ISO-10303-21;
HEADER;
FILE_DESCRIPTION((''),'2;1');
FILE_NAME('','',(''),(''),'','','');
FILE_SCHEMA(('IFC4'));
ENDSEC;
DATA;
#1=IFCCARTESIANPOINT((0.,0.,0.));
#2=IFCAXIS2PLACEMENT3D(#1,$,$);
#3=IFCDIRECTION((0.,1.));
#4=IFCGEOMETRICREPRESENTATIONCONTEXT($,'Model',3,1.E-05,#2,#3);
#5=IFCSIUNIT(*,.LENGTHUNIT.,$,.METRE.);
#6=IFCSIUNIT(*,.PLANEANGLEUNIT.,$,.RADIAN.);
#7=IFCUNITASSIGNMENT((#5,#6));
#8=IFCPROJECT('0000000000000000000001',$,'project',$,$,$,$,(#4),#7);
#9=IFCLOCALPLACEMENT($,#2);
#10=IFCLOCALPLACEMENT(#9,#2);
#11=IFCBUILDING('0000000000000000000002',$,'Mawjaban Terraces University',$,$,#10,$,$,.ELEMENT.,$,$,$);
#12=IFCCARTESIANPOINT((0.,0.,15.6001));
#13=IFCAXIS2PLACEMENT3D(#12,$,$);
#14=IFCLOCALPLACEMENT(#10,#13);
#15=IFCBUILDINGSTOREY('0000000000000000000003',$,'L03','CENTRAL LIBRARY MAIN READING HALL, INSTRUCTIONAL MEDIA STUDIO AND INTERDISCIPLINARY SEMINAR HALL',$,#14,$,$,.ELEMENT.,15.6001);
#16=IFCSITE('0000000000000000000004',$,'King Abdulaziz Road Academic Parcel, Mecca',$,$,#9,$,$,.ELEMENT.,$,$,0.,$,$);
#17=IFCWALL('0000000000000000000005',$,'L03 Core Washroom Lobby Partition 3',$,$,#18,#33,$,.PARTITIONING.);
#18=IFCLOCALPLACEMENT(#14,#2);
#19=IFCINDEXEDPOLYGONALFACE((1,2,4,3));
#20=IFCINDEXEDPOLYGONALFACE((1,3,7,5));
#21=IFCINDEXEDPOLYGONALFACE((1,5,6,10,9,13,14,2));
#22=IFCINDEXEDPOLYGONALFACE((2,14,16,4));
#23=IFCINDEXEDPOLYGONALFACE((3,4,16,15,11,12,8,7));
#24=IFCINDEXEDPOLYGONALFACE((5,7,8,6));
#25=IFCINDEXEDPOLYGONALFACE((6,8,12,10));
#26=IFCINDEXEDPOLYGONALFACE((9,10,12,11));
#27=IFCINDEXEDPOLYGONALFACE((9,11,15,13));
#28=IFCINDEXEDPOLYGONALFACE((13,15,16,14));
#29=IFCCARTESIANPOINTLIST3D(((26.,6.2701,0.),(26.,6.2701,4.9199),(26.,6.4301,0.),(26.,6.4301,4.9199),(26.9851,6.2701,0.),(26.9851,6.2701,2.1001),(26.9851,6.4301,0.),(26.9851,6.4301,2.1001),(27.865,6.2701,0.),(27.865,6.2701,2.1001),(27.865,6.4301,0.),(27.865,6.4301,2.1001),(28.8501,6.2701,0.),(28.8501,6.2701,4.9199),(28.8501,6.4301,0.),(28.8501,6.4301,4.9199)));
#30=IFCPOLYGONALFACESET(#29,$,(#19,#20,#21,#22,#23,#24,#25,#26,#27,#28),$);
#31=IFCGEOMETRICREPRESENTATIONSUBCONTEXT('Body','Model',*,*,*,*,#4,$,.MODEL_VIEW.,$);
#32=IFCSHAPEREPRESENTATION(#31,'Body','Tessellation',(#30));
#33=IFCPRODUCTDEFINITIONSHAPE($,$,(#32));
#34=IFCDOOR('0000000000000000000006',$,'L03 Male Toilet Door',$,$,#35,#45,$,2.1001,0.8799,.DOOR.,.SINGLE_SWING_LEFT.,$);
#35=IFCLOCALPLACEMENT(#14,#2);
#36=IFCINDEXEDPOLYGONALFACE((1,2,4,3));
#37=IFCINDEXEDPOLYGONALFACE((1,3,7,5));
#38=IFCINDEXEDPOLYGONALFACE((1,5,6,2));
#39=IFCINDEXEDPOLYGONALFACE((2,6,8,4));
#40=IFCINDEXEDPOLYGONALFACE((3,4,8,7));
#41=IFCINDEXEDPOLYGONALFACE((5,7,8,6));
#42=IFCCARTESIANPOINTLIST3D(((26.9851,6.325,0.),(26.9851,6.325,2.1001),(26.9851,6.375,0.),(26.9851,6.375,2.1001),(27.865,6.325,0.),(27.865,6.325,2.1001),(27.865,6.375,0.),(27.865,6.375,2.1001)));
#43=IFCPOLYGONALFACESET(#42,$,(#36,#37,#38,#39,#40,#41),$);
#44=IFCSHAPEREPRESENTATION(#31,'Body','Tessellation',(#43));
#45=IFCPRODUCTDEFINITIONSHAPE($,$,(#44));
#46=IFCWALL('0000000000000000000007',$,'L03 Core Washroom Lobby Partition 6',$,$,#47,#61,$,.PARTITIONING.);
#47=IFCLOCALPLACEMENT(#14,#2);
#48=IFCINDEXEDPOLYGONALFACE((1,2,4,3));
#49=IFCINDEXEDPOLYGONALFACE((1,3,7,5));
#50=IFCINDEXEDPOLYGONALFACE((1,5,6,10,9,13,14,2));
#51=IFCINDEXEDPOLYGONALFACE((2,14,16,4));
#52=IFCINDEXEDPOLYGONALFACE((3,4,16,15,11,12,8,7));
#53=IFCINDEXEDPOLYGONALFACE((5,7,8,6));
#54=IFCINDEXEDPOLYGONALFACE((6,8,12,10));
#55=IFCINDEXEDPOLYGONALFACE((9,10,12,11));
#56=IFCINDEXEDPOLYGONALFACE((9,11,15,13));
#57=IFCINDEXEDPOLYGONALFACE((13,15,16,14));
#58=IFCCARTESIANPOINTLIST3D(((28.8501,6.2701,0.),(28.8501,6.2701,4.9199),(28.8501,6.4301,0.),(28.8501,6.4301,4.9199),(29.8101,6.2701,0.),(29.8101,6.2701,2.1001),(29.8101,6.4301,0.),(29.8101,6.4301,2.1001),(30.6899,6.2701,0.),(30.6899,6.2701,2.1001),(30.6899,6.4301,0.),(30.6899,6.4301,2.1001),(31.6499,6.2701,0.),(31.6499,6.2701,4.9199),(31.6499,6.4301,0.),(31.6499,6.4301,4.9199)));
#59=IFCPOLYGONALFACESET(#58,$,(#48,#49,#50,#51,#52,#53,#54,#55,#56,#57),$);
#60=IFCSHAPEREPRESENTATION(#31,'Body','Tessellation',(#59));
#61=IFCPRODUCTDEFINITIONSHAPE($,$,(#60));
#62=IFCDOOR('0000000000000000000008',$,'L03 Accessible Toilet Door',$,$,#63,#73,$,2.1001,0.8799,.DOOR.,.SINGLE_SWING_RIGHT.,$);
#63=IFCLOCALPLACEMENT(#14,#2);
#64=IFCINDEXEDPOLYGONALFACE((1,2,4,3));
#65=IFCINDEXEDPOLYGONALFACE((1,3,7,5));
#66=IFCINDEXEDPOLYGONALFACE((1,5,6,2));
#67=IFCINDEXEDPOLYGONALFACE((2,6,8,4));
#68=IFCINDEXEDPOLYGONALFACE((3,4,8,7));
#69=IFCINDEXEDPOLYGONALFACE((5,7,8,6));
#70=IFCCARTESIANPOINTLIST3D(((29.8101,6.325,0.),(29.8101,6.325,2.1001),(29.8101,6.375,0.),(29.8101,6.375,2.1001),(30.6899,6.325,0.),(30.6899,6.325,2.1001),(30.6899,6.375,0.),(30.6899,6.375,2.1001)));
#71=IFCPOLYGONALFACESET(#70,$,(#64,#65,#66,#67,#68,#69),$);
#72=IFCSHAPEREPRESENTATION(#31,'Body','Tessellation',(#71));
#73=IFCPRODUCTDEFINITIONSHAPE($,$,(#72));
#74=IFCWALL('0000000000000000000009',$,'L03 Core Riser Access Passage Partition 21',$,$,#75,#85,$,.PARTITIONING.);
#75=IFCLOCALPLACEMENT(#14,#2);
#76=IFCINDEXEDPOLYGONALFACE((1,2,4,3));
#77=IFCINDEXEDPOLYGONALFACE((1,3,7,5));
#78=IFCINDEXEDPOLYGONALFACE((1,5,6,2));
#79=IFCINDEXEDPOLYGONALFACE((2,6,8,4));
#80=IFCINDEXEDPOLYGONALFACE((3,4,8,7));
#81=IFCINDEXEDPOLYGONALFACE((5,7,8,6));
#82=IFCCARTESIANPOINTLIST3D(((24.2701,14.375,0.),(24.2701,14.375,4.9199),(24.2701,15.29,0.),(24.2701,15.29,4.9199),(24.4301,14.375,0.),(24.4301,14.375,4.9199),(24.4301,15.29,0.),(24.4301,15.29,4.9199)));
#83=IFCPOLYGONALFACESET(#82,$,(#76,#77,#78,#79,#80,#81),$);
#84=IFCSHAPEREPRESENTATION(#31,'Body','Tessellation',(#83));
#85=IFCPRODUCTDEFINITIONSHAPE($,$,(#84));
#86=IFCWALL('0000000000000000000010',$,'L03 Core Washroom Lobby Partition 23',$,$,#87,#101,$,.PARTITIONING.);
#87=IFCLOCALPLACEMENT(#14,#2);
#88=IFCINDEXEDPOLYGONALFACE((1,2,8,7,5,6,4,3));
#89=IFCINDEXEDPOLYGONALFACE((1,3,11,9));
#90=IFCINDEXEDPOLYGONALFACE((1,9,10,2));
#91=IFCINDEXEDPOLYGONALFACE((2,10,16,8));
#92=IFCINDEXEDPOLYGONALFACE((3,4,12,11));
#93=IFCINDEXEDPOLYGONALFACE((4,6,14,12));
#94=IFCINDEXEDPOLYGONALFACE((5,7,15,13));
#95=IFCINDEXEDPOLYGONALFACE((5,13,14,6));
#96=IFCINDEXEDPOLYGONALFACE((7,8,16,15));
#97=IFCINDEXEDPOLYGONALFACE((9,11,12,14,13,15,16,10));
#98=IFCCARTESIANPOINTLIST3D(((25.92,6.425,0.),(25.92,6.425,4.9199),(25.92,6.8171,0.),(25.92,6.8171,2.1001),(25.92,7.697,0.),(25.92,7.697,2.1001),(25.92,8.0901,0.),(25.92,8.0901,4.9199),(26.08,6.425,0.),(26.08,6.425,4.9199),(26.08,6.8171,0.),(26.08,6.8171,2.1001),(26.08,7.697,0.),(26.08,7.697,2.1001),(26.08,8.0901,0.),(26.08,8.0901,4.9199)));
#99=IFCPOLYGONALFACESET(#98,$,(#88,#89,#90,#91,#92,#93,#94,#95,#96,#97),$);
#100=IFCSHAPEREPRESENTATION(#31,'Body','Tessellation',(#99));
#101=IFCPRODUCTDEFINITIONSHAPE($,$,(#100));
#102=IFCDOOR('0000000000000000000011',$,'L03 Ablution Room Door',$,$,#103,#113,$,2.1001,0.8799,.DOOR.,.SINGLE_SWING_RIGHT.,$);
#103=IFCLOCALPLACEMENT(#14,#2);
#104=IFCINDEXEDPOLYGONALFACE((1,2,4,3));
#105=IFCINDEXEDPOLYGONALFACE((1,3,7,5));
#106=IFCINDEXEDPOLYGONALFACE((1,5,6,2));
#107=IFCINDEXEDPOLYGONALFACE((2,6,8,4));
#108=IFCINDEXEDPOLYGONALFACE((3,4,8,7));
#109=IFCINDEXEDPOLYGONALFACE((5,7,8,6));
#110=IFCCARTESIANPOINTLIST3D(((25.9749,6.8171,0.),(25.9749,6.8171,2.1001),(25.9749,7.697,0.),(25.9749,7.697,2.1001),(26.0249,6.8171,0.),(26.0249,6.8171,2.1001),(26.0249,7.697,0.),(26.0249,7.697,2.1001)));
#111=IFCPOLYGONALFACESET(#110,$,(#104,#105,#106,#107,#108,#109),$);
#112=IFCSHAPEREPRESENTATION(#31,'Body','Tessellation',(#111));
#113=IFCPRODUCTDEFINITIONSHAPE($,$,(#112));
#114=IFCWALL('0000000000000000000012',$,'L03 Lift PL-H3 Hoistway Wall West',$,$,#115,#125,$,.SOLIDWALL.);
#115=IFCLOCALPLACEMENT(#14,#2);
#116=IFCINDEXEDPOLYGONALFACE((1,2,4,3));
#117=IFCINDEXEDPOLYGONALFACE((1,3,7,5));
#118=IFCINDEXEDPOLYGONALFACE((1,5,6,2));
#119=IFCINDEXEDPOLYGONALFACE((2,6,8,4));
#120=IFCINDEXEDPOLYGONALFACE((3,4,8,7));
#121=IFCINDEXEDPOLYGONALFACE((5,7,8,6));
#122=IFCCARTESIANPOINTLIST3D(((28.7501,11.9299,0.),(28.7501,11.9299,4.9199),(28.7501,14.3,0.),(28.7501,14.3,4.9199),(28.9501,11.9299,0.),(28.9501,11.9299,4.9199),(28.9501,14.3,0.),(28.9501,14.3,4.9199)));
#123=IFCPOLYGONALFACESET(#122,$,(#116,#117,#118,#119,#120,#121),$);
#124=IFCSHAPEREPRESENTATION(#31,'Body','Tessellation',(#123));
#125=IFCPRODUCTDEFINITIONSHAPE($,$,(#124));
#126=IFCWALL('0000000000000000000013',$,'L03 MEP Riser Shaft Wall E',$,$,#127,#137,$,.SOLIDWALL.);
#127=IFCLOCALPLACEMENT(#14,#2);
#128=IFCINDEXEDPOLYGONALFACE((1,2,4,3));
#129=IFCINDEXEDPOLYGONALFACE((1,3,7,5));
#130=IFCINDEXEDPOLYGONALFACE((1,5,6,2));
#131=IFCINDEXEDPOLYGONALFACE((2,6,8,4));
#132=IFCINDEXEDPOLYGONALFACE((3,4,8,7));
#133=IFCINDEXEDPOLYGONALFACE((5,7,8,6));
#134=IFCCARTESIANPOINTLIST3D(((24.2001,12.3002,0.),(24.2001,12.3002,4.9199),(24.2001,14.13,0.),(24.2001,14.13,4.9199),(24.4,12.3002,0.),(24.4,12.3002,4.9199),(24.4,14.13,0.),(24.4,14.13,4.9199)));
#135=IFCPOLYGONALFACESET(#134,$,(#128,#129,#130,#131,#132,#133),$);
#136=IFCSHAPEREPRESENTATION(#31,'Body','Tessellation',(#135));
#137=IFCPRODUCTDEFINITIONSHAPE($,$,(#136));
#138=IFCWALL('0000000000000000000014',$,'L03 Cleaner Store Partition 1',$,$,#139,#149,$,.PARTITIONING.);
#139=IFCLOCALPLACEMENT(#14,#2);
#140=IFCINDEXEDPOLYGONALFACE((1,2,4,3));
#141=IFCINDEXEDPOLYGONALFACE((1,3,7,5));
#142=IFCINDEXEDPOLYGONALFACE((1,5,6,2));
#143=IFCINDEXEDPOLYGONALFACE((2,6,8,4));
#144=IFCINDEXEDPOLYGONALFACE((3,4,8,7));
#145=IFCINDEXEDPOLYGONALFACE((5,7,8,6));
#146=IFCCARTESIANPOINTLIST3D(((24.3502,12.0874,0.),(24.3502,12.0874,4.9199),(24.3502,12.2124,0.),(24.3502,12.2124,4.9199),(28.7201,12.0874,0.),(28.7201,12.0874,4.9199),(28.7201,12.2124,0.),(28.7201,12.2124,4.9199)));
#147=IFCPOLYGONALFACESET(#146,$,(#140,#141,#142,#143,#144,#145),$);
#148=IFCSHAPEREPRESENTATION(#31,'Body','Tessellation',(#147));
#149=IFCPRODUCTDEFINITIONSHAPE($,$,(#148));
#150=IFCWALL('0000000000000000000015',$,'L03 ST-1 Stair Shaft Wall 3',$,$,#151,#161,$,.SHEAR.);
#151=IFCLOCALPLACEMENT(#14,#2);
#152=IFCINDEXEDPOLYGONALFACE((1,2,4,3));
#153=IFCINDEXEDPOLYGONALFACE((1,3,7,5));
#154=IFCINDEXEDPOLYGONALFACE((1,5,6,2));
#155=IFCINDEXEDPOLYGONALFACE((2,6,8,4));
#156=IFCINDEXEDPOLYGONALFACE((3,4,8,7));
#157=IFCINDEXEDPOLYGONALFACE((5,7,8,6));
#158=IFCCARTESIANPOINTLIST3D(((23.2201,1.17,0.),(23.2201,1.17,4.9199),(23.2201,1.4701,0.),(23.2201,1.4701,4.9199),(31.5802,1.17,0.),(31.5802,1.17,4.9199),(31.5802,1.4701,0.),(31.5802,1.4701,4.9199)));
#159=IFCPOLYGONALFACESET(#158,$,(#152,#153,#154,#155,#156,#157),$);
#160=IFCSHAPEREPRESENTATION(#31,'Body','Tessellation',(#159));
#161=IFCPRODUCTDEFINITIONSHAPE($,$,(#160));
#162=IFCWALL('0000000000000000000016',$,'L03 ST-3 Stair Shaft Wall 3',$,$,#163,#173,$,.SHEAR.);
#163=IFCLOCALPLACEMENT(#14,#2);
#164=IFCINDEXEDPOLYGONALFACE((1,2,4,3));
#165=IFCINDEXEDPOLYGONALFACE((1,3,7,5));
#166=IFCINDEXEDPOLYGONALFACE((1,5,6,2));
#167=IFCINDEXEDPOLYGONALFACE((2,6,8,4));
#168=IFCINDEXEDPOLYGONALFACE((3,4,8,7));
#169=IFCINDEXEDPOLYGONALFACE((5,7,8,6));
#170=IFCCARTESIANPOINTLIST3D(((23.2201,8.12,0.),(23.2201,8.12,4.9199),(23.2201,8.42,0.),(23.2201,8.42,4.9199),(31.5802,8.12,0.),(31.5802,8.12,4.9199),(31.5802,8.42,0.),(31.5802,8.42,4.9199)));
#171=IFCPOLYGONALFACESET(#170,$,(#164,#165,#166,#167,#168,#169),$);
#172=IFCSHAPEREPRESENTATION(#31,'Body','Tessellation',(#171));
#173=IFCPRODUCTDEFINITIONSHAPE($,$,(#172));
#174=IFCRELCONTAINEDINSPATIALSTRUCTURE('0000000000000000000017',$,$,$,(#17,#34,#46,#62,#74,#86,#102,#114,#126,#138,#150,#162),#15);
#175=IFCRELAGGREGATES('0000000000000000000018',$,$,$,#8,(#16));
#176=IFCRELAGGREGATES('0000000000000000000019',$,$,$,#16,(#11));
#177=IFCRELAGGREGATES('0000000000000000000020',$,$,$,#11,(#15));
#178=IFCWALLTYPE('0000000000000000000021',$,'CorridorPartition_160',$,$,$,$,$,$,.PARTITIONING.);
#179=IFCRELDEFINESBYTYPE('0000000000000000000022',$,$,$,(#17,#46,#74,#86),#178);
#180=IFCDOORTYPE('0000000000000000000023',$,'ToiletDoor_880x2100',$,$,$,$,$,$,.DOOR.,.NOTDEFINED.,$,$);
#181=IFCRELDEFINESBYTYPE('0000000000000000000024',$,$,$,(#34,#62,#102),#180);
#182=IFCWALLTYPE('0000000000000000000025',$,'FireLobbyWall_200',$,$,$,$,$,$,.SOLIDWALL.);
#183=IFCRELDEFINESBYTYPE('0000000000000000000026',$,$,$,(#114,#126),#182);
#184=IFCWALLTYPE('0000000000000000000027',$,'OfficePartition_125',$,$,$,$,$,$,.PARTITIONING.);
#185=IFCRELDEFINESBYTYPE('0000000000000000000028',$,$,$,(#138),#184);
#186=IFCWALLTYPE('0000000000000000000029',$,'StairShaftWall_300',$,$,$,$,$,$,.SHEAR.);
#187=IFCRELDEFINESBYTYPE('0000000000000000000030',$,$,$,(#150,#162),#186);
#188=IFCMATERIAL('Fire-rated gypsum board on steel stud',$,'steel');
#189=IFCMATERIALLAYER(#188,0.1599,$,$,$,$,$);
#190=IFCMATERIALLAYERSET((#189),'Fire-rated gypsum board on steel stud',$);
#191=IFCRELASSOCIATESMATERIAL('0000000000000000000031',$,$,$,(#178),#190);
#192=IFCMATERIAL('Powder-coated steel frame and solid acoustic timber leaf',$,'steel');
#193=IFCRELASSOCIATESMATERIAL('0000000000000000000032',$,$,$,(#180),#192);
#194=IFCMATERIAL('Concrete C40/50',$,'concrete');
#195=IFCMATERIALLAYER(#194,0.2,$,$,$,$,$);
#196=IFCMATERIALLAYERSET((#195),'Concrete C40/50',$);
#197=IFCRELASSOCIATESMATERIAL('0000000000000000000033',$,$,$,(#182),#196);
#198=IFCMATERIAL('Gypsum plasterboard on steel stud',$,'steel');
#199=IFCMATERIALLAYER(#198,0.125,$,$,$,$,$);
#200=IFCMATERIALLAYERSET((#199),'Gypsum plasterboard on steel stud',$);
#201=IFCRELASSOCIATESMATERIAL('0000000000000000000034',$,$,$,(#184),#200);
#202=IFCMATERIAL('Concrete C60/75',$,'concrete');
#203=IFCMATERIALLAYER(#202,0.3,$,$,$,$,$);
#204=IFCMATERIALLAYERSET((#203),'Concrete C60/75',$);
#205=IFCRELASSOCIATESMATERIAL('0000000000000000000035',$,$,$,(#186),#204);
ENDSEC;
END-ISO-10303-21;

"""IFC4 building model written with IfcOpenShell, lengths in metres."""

from ifc_helpers import new_model, si_unit, direction, frame, frame_2d, origin, place, context, subcontext, project, spatial, rectangle, extrude, material, layer, layer_set, type_object, element, fill, save


model = new_model("IFC4")

# Units and contexts
model_context = context("Model", 3, precision=1e-05, world=origin(), true_north=direction((0.0, 1.0)))
body_context = subcontext(model_context, "Body", "Model", "MODEL_VIEW")
ifc_project = project(units=[si_unit("LENGTHUNIT", "METRE"), si_unit("PLANEANGLEUNIT", "RADIAN")], contexts=[model_context])

# Site, building, storey
site_placement = place(None, origin())
site = spatial("IfcSite", under=ifc_project, at=site_placement, Name="King Abdulaziz Road Academic Parcel, Mecca", CompositionType="ELEMENT", RefElevation=0.0)
building_placement = place(site_placement, origin())
building = spatial("IfcBuilding", under=site, at=building_placement, Name="Mawjaban Terraces University", CompositionType="ELEMENT")
storey_placement = place(building_placement, frame((0.0, 0.0, 15.6001)))
storey = spatial("IfcBuildingStorey", under=building, at=storey_placement, Name="L03", Description="CENTRAL LIBRARY MAIN READING HALL, INSTRUCTIONAL MEDIA STUDIO AND INTERDISCIPLINARY SEMINAR HALL", CompositionType="ELEMENT", Elevation=15.6001)

# Walls, openings, doors
ifc_material_1 = material(Name="Fire-rated gypsum board on steel stud", Category="steel")
ifc_layer_1 = layer(ifc_material_1, 0.1599)
ifc_layer_set_1 = layer_set([ifc_layer_1], Name="Fire-rated gypsum board on steel stud")
wall_type_1 = type_object("IfcWallType", Name="CorridorPartition_160", PredefinedType="PARTITIONING", material=ifc_layer_set_1)
ifc_material_2 = material(Name="Powder-coated steel frame and solid acoustic timber leaf", Category="steel")
wall_1_placement = place(storey_placement, frame((26.0, 6.3501, 0.0), z_axis=(0.0, 0.0, 1.0), x_axis=(1.0, 0.0, 0.0)))
wall_1 = element("IfcWall", 1, at=wall_1_placement, inside=storey, type_object=wall_type_1, Name="L03 Core Washroom Lobby Partition 3", PredefinedType="PARTITIONING", context=body_context, shape_type="SweptSolid", body=[
    extrude(rectangle(XDim=2.8501, YDim=0.1599, at=frame_2d((1.425, 0.0))), origin(), (0.0, 0.0, 1.0), 4.9199),
])
opening_1_placement = place(wall_1_placement, frame((0.9851, 0.0, 0.0)))
opening_1 = element("IfcOpeningElement", 2, at=opening_1_placement, cuts=wall_1, PredefinedType="OPENING", context=body_context, shape_type="SweptSolid", body=[
    extrude(rectangle(XDim=0.8799, YDim=2.1001, at=frame_2d((0.4399, 1.05))), frame((0.0, 0.0898, 0.0), z_axis=(0.0, -1.0, 0.0), x_axis=(1.0, 0.0, 0.0)), (0.0, 0.0, 1.0), 0.1799),
])
door_type_1 = type_object("IfcDoorType", Name="ToiletDoor_880x2100", OperationType="NOTDEFINED", PredefinedType="DOOR", material=ifc_material_2)
door_1_placement = place(opening_1_placement, origin())
door_1 = element("IfcDoor", 3, at=door_1_placement, inside=storey, type_object=door_type_1, Name="L03 Male Toilet Door", OperationType="SINGLE_SWING_LEFT", OverallHeight=2.1001, OverallWidth=0.8799, PredefinedType="DOOR", context=body_context, shape_type="SweptSolid", body=[
    extrude(rectangle(XDim=0.8799, YDim=2.1001, at=frame_2d((0.4399, 1.05))), frame((0.0, 0.0249, 0.0), z_axis=(0.0, -1.0, 0.0), x_axis=(1.0, 0.0, 0.0)), (0.0, 0.0, 1.0), 0.05),
])
fill(opening_1, door_1)
wall_2_placement = place(storey_placement, frame((28.8501, 6.3501, 0.0), z_axis=(0.0, 0.0, 1.0), x_axis=(1.0, 0.0, 0.0)))
wall_2 = element("IfcWall", 4, at=wall_2_placement, inside=storey, type_object=wall_type_1, Name="L03 Core Washroom Lobby Partition 6", PredefinedType="PARTITIONING", context=body_context, shape_type="SweptSolid", body=[
    extrude(rectangle(XDim=2.7998, YDim=0.1599, at=frame_2d((1.3999, 0.0))), origin(), (0.0, 0.0, 1.0), 4.9199),
])
opening_2_placement = place(wall_2_placement, frame((0.96, 0.0, 0.0)))
opening_2 = element("IfcOpeningElement", 5, at=opening_2_placement, cuts=wall_2, PredefinedType="OPENING", context=body_context, shape_type="SweptSolid", body=[
    extrude(rectangle(XDim=0.8799, YDim=2.1001, at=frame_2d((0.4399, 1.05))), frame((0.0, 0.0898, 0.0), z_axis=(0.0, -1.0, 0.0), x_axis=(1.0, 0.0, 0.0)), (0.0, 0.0, 1.0), 0.1799),
])
door_2_placement = place(opening_2_placement, origin())
door_2 = element("IfcDoor", 6, at=door_2_placement, inside=storey, type_object=door_type_1, Name="L03 Accessible Toilet Door", OperationType="SINGLE_SWING_RIGHT", OverallHeight=2.1001, OverallWidth=0.8799, PredefinedType="DOOR", context=body_context, shape_type="SweptSolid", body=[
    extrude(rectangle(XDim=0.8799, YDim=2.1001, at=frame_2d((0.4399, 1.05))), frame((0.0, 0.0249, 0.0), z_axis=(0.0, -1.0, 0.0), x_axis=(1.0, 0.0, 0.0)), (0.0, 0.0, 1.0), 0.05),
])
fill(opening_2, door_2)

# Wall
wall_3_placement = place(storey_placement, frame((24.3501, 15.29, 0.0), z_axis=(0.0, 0.0, 1.0), x_axis=(0.0, -1.0, 0.0)))
element("IfcWall", 7, at=wall_3_placement, inside=storey, type_object=wall_type_1, Name="L03 Core Riser Access Passage Partition 21", PredefinedType="PARTITIONING", context=body_context, shape_type="SweptSolid", body=[
    extrude(rectangle(XDim=0.915, YDim=0.1599, at=frame_2d((0.4575, 0.0))), origin(), (0.0, 0.0, 1.0), 4.9199),
])

# Wall, opening, door
wall_4_placement = place(storey_placement, frame((26.0, 8.0901, 0.0), z_axis=(0.0, 0.0, 1.0), x_axis=(0.0, -1.0, 0.0)))
wall_4 = element("IfcWall", 8, at=wall_4_placement, inside=storey, type_object=wall_type_1, Name="L03 Core Washroom Lobby Partition 23", PredefinedType="PARTITIONING", context=body_context, shape_type="SweptSolid", body=[
    extrude(rectangle(XDim=1.665, YDim=0.1599, at=frame_2d((0.8325, 0.0))), origin(), (0.0, 0.0, 1.0), 4.9199),
])
opening_3_placement = place(wall_4_placement, frame((0.3931, 0.0, 0.0)))
opening_3 = element("IfcOpeningElement", 9, at=opening_3_placement, cuts=wall_4, PredefinedType="OPENING", context=body_context, shape_type="SweptSolid", body=[
    extrude(rectangle(XDim=0.8799, YDim=2.1001, at=frame_2d((0.4399, 1.05))), frame((0.0, 0.0898, 0.0), z_axis=(0.0, -1.0, 0.0), x_axis=(1.0, 0.0, 0.0)), (0.0, 0.0, 1.0), 0.1799),
])
door_3_placement = place(opening_3_placement, origin())
door_3 = element("IfcDoor", 10, at=door_3_placement, inside=storey, type_object=door_type_1, Name="L03 Ablution Room Door", OperationType="SINGLE_SWING_RIGHT", OverallHeight=2.1001, OverallWidth=0.8799, PredefinedType="DOOR", context=body_context, shape_type="SweptSolid", body=[
    extrude(rectangle(XDim=0.8799, YDim=2.1001, at=frame_2d((0.4399, 1.05))), frame((0.0, 0.0249, 0.0), z_axis=(0.0, -1.0, 0.0), x_axis=(1.0, 0.0, 0.0)), (0.0, 0.0, 1.0), 0.05),
])
fill(opening_3, door_3)

# Walls
ifc_material_3 = material(Name="Concrete C40/50", Category="concrete")
ifc_layer_2 = layer(ifc_material_3, 0.2)
ifc_layer_set_2 = layer_set([ifc_layer_2], Name="Concrete C40/50")
wall_type_2 = type_object("IfcWallType", Name="FireLobbyWall_200", PredefinedType="SOLIDWALL", material=ifc_layer_set_2)
wall_5_placement = place(storey_placement, frame((28.8501, 14.3, 0.0), z_axis=(0.0, 0.0, 1.0), x_axis=(0.0, -1.0, 0.0)))
element("IfcWall", 11, at=wall_5_placement, inside=storey, type_object=wall_type_2, Name="L03 Lift PL-H3 Hoistway Wall West", PredefinedType="SOLIDWALL", context=body_context, shape_type="SweptSolid", body=[
    extrude(rectangle(XDim=2.3701, YDim=0.2, at=frame_2d((1.1851, 0.0))), origin(), (0.0, 0.0, 1.0), 4.9199),
])
wall_6_placement = place(storey_placement, frame((24.3, 12.3, 0.0), z_axis=(0.0, 0.0, 1.0), x_axis=(0.0, 1.0, 0.0)))
element("IfcWall", 12, at=wall_6_placement, inside=storey, type_object=wall_type_2, Name="L03 MEP Riser Shaft Wall E", PredefinedType="SOLIDWALL", context=body_context, shape_type="SweptSolid", body=[
    extrude(rectangle(XDim=1.8298, YDim=0.2, at=frame_2d((0.915, 0.0))), origin(), (0.0, 0.0, 1.0), 4.9199),
])
ifc_material_4 = material(Name="Gypsum plasterboard on steel stud", Category="steel")
ifc_layer_3 = layer(ifc_material_4, 0.125)
ifc_layer_set_3 = layer_set([ifc_layer_3], Name="Gypsum plasterboard on steel stud")
wall_type_3 = type_object("IfcWallType", Name="OfficePartition_125", PredefinedType="PARTITIONING", material=ifc_layer_set_3)
wall_7_placement = place(storey_placement, frame((24.3501, 12.1499, 0.0), z_axis=(0.0, 0.0, 1.0), x_axis=(1.0, 0.0, 0.0)))
element("IfcWall", 13, at=wall_7_placement, inside=storey, type_object=wall_type_3, Name="L03 Cleaner Store Partition 1", PredefinedType="PARTITIONING", context=body_context, shape_type="SweptSolid", body=[
    extrude(rectangle(XDim=4.3699, YDim=0.125, at=frame_2d((2.1851, 0.0))), origin(), (0.0, 0.0, 1.0), 4.9199),
])
ifc_material_5 = material(Name="Concrete C60/75", Category="concrete")
ifc_layer_4 = layer(ifc_material_5, 0.3)
ifc_layer_set_4 = layer_set([ifc_layer_4], Name="Concrete C60/75")
wall_type_4 = type_object("IfcWallType", Name="StairShaftWall_300", PredefinedType="SHEAR", material=ifc_layer_set_4)
for number, where, z_axis, x_axis, name in (
    (14, (23.22, 1.3201, 0.0), (0.0, 0.0, 1.0), (1.0, 0.0, 0.0), "L03 ST-1 Stair Shaft Wall 3"),
    (15, (23.22, 8.27, 0.0), (0.0, 0.0, 1.0), (1.0, 0.0, 0.0), "L03 ST-3 Stair Shaft Wall 3"),
):
    element("IfcWall", number, at=place(storey_placement, frame(where, z_axis=z_axis, x_axis=x_axis)), inside=storey, type_object=wall_type_4, Name=name, PredefinedType="SHEAR", context=body_context, shape_type="SweptSolid", body=[
        extrude(rectangle(XDim=8.3601, YDim=0.3, at=frame_2d((4.1802, 0.0))), origin(), (0.0, 0.0, 1.0), 4.9199),
    ])

save(model, "model.ifc")
